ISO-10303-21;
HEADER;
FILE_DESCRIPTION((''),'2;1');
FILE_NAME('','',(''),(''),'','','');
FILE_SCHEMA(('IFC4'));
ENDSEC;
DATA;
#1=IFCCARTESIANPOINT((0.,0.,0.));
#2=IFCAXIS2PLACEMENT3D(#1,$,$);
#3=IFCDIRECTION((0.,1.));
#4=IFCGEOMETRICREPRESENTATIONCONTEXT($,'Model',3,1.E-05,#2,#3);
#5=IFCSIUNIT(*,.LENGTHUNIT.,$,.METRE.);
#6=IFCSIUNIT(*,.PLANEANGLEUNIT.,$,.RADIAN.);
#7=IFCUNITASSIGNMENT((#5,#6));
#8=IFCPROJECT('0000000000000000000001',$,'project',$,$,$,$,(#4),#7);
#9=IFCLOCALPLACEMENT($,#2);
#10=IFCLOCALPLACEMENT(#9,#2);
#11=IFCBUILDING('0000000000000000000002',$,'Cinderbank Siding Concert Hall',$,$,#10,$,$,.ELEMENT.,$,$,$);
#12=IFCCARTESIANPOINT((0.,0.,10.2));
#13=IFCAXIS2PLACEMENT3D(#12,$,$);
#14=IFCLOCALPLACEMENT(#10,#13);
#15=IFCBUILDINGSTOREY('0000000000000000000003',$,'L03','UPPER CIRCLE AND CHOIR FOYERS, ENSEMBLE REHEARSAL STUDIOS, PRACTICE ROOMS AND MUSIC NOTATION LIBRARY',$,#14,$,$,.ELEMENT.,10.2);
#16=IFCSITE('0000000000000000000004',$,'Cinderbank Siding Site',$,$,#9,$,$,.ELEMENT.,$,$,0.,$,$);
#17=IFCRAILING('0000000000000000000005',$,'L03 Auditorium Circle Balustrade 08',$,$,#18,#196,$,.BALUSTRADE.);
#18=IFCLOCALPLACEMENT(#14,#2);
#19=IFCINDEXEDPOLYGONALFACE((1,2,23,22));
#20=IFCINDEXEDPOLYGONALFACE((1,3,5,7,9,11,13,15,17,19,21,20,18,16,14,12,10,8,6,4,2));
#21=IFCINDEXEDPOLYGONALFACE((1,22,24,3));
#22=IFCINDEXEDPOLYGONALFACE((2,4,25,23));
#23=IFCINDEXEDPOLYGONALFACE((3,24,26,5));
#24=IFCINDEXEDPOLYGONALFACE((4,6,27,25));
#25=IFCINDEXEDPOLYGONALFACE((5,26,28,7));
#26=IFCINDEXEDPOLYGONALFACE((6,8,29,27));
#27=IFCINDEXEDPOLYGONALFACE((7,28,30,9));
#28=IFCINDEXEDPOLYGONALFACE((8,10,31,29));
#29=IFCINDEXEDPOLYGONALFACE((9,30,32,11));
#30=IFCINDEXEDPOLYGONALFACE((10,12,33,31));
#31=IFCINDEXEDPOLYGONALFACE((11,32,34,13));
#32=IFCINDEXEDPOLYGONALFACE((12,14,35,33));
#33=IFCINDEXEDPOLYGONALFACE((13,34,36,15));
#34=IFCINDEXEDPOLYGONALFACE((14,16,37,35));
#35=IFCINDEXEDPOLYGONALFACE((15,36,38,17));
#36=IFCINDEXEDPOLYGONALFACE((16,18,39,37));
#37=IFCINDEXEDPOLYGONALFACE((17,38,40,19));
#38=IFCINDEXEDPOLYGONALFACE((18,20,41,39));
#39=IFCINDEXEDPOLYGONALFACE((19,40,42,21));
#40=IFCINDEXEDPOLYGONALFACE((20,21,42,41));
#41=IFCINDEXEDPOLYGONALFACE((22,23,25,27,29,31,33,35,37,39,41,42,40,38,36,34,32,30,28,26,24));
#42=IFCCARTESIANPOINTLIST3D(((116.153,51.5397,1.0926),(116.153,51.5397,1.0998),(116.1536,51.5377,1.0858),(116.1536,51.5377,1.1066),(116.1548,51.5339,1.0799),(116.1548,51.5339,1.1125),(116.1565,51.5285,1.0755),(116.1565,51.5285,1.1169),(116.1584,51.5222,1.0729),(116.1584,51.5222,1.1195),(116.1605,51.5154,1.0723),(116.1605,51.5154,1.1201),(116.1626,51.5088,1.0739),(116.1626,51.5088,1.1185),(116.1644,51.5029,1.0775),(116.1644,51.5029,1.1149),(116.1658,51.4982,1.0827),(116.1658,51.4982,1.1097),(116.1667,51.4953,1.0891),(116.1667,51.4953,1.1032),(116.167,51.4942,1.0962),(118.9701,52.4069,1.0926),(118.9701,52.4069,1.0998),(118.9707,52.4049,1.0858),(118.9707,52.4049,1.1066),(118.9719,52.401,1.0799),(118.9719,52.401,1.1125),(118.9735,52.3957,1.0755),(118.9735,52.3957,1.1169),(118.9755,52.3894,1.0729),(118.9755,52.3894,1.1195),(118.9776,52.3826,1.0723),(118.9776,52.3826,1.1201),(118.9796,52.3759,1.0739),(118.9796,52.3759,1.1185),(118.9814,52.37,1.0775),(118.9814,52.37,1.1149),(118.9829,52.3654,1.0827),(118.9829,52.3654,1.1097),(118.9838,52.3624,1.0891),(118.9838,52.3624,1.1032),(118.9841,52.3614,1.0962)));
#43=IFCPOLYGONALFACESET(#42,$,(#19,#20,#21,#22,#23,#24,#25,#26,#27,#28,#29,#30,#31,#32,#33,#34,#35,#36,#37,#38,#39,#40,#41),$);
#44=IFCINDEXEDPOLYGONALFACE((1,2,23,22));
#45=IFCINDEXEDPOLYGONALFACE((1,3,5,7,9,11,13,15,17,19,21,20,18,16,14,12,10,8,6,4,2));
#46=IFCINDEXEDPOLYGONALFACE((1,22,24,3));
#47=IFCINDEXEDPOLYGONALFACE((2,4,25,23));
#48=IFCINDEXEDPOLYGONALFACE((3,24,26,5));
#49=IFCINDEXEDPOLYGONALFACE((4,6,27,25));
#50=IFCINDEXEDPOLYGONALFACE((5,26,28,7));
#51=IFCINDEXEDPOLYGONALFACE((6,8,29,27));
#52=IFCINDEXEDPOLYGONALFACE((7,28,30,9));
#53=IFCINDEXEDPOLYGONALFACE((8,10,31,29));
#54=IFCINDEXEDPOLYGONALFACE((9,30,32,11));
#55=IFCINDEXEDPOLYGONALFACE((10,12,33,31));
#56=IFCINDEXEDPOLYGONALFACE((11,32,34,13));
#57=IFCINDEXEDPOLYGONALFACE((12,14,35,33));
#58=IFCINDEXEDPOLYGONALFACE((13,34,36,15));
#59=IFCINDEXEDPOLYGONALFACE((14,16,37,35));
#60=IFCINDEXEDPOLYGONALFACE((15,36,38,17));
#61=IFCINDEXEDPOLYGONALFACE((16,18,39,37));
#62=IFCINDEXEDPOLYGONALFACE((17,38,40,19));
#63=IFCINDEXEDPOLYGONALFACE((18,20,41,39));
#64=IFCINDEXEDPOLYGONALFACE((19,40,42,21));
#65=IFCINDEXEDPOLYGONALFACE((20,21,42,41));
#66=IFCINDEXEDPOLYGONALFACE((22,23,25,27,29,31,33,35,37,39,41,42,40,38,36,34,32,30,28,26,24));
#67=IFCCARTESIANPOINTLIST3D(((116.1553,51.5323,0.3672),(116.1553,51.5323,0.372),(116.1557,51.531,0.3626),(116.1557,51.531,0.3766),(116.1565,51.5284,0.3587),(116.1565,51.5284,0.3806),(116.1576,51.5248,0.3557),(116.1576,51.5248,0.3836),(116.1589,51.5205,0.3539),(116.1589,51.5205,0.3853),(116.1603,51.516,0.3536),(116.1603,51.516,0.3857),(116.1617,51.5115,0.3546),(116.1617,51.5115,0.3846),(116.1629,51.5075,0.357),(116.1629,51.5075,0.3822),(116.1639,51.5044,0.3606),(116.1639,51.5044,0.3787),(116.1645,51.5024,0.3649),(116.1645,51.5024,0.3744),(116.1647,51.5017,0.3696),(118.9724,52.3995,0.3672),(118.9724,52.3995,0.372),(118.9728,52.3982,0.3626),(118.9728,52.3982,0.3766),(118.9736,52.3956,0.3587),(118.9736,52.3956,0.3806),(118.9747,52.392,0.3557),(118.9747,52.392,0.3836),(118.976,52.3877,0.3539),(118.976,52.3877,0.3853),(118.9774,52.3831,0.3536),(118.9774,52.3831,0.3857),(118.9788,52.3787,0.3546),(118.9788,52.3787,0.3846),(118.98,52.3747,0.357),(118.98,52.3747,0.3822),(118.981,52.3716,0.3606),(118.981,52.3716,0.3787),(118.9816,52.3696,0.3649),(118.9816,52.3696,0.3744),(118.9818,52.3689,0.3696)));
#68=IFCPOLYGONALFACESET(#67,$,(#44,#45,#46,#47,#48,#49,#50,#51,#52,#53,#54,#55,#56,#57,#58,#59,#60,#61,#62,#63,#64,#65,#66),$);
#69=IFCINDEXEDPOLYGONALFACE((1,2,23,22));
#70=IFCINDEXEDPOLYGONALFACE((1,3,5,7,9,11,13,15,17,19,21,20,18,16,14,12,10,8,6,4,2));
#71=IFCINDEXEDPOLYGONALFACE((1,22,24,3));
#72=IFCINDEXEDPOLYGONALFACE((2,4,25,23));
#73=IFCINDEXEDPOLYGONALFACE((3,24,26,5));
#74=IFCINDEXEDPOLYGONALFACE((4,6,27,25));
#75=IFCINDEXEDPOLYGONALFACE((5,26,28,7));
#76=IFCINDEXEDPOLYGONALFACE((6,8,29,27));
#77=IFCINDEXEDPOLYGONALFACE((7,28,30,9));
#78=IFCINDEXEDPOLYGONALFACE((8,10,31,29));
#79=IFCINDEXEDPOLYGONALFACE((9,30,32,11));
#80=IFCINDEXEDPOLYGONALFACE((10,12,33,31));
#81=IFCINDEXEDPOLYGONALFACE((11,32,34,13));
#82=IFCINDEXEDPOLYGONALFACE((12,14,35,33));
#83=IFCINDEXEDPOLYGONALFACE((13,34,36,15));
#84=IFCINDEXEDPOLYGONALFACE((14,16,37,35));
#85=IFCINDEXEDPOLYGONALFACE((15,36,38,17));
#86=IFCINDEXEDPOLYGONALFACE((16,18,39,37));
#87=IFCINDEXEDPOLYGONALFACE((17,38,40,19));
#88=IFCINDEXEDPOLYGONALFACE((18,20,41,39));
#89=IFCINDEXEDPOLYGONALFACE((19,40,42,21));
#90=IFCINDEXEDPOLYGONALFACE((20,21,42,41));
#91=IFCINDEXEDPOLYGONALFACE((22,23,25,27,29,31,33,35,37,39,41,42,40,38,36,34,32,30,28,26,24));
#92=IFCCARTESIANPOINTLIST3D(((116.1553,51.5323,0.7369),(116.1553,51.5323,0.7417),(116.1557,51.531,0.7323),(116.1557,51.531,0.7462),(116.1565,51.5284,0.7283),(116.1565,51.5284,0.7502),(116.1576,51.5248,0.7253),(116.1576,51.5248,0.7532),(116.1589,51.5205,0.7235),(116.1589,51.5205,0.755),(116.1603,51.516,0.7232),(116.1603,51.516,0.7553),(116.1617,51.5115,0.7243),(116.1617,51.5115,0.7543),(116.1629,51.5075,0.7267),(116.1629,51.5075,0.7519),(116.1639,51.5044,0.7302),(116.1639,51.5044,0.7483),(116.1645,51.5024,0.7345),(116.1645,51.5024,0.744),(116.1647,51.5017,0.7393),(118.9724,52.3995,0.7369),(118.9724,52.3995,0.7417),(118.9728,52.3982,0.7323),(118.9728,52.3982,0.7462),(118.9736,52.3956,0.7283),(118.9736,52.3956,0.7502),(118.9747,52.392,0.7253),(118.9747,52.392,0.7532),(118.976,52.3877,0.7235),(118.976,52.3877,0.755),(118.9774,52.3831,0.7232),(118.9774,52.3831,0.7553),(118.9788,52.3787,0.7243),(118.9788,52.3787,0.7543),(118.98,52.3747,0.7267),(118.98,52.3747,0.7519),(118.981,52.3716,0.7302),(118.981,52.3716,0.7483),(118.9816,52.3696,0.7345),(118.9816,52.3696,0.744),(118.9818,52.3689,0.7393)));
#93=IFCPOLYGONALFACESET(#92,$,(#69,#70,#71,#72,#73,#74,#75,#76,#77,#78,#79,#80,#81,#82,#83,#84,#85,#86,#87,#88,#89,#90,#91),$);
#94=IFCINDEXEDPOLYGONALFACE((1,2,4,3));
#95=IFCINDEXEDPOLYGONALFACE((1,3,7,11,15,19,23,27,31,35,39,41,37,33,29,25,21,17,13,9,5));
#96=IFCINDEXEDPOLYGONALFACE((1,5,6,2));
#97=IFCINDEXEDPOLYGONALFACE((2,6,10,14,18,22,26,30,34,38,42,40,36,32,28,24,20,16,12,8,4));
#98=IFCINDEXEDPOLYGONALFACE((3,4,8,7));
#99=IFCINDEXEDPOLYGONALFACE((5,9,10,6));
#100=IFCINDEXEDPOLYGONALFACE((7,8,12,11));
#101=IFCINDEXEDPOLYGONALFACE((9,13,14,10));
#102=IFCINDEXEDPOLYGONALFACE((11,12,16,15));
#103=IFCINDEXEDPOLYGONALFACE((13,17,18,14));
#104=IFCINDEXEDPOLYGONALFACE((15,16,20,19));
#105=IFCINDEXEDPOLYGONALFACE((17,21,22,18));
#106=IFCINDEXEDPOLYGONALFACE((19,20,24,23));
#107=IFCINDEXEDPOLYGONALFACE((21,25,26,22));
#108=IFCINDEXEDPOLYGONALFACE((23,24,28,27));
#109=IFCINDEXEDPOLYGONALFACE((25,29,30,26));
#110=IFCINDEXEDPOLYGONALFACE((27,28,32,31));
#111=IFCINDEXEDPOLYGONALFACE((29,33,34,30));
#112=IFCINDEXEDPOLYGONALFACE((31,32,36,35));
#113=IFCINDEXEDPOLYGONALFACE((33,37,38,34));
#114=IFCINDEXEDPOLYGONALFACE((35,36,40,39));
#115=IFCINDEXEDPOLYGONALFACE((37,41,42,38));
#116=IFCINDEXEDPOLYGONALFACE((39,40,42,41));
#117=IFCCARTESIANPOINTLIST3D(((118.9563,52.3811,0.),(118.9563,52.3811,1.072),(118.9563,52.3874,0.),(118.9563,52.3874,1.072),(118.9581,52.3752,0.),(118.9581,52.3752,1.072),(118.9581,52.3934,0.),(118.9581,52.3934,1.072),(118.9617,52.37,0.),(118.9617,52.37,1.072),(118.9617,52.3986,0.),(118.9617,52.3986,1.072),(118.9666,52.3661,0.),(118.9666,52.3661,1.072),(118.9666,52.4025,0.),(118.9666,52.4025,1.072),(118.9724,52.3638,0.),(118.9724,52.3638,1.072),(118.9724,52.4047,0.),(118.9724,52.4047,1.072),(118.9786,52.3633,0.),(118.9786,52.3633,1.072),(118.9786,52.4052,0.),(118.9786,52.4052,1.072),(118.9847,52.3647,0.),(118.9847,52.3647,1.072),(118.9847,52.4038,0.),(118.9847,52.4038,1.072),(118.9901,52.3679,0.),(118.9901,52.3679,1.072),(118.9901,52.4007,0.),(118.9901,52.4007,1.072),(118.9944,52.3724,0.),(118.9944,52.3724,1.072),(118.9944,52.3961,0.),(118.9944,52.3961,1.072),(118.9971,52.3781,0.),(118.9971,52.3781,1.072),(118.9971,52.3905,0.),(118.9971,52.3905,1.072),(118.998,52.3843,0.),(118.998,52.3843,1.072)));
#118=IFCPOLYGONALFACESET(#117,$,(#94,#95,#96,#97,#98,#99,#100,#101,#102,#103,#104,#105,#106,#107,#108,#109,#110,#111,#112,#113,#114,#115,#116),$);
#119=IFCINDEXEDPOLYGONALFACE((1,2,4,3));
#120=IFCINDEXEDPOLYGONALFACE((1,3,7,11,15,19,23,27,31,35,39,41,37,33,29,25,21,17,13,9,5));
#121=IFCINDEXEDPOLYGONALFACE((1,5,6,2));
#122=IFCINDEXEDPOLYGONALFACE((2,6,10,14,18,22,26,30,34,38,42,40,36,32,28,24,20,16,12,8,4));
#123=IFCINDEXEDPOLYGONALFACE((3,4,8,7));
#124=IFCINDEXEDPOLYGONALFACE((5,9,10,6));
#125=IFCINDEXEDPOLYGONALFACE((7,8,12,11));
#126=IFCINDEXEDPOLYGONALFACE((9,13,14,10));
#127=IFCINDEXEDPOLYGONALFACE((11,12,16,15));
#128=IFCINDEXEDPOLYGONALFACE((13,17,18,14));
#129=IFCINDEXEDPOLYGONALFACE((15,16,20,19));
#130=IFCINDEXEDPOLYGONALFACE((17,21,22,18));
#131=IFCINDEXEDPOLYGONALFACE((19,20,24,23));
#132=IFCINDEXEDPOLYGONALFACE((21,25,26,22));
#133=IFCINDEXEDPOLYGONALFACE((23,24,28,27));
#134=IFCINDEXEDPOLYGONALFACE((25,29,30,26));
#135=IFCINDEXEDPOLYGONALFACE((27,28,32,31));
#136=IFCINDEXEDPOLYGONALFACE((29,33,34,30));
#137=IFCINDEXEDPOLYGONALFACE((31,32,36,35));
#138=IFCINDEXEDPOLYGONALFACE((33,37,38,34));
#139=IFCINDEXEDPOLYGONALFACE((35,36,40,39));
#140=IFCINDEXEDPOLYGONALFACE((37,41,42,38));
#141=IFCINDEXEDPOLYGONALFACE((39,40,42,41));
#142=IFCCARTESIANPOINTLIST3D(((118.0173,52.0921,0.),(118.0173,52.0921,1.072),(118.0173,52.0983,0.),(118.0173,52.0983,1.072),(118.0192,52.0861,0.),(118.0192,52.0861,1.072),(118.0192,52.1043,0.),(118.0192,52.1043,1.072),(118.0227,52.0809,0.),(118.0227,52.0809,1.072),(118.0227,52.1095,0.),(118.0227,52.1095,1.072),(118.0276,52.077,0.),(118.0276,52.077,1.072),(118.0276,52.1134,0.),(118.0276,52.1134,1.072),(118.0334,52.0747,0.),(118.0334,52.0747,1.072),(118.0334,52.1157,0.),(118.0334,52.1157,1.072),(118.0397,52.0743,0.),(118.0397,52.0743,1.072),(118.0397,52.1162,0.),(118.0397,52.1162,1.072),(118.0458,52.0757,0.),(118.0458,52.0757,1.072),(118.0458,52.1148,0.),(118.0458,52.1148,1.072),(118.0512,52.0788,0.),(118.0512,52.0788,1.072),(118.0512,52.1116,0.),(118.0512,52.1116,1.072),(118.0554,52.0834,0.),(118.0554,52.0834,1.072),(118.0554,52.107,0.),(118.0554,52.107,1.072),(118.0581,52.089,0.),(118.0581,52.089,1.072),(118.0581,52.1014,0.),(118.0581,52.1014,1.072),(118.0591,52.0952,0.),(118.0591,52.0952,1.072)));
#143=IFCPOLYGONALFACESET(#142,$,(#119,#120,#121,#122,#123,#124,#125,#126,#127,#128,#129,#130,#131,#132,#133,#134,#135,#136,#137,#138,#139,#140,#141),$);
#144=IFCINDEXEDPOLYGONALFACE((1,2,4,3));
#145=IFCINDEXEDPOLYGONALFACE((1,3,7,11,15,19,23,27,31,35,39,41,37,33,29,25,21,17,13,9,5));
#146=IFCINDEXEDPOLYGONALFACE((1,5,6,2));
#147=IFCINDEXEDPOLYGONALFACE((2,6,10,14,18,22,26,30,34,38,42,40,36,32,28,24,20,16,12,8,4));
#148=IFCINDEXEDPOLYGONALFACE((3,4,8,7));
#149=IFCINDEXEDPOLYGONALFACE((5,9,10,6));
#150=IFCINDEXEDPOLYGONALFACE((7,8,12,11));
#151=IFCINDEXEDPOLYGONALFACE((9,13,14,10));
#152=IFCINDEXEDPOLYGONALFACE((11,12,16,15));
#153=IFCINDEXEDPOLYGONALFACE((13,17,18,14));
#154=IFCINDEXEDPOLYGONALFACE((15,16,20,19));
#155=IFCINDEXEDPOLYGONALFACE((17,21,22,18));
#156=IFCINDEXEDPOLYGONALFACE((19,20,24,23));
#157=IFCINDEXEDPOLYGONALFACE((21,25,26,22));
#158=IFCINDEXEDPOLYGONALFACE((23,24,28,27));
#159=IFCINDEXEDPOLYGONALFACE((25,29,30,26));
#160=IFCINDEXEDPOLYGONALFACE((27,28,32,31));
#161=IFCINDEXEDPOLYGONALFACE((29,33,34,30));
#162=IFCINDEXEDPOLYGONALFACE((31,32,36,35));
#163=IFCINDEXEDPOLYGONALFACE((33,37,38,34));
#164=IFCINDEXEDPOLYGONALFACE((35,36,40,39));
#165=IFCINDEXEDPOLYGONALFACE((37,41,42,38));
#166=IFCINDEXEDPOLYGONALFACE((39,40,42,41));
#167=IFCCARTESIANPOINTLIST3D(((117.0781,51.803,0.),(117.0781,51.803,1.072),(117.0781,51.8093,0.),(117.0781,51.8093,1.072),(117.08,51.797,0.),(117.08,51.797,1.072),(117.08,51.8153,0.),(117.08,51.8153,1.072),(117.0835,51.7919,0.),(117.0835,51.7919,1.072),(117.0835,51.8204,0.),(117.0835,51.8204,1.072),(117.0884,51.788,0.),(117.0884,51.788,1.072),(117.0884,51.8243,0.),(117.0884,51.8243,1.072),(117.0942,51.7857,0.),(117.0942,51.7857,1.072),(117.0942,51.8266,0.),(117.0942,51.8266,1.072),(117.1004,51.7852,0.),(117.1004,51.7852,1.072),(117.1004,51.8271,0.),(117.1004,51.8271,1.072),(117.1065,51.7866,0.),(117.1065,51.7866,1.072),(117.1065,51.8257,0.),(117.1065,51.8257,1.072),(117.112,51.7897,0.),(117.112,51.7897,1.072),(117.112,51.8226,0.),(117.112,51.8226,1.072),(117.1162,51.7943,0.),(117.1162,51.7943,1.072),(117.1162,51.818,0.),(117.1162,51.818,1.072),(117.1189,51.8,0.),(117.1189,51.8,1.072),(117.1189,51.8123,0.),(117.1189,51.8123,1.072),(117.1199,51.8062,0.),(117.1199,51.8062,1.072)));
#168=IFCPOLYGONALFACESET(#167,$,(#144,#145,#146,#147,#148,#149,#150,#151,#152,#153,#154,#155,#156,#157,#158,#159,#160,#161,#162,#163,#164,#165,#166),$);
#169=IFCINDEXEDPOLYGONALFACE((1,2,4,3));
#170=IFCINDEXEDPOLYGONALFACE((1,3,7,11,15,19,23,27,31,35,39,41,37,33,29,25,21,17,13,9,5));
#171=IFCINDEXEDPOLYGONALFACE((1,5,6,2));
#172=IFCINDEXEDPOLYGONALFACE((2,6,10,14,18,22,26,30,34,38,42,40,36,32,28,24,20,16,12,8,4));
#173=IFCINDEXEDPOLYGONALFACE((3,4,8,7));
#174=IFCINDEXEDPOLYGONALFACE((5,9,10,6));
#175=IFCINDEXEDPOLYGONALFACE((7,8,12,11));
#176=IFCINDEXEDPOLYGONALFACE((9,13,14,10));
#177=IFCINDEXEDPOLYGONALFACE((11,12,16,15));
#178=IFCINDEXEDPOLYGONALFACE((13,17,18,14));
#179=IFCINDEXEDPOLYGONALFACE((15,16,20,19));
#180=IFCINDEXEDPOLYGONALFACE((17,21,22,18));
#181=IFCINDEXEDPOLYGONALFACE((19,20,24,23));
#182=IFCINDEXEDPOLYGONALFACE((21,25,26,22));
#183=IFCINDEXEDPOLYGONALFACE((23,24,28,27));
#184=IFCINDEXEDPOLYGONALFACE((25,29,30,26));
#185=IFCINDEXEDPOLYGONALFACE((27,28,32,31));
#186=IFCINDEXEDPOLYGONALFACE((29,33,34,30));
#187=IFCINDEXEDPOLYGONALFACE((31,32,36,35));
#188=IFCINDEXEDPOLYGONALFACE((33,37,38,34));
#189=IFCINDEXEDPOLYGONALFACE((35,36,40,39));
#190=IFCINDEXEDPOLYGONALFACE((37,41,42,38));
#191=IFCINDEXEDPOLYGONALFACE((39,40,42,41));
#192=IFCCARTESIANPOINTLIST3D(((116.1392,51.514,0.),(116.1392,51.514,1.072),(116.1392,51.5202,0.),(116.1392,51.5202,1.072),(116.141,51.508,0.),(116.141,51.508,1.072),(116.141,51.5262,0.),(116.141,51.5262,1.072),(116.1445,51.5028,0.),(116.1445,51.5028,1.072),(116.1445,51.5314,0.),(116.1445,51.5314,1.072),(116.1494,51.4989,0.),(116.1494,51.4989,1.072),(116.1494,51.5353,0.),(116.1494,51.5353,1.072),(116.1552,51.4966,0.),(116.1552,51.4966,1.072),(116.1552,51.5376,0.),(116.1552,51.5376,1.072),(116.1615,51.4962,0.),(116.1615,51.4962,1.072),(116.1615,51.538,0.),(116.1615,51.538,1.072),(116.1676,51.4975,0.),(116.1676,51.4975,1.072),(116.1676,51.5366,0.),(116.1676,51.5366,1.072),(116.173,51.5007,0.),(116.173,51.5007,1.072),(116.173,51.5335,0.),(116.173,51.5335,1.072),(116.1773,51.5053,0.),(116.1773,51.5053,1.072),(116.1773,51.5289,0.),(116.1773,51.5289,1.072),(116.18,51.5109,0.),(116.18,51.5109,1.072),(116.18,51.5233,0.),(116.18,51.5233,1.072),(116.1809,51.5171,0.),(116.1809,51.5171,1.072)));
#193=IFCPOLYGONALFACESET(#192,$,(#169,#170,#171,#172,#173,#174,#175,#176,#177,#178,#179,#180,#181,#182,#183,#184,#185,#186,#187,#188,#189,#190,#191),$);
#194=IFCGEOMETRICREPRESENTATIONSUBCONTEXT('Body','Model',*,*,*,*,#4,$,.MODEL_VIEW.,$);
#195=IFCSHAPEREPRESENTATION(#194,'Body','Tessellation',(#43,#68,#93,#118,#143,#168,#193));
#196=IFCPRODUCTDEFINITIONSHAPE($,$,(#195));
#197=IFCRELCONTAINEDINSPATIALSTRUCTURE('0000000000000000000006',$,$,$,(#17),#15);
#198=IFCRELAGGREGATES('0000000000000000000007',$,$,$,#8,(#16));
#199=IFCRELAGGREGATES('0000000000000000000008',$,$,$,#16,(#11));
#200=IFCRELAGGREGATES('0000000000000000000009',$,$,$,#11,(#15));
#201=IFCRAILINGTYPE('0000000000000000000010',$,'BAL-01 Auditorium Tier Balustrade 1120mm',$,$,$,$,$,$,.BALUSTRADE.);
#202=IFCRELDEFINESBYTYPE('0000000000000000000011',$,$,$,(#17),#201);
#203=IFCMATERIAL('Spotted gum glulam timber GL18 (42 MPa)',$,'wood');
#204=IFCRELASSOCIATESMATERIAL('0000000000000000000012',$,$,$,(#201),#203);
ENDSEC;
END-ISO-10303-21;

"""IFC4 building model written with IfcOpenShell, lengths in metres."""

from ifc_helpers import new_model, si_unit, direction, frame, origin, origin_2d, place, context, subcontext, project, spatial, circle, extrude, material, type_object, element, save


model = new_model("IFC4")

# Units and contexts
model_context = context("Model", 3, precision=1e-05, world=origin(), true_north=direction((0.0, 1.0)))
body_context = subcontext(model_context, "Body", "Model", "MODEL_VIEW")
ifc_project = project(units=[si_unit("LENGTHUNIT", "METRE"), si_unit("PLANEANGLEUNIT", "RADIAN")], contexts=[model_context])

# Site, building, storey
site_placement = place(None, origin())
site = spatial("IfcSite", under=ifc_project, at=site_placement, Name="Cinderbank Siding Site", CompositionType="ELEMENT", RefElevation=0.0)
building_placement = place(site_placement, origin())
building = spatial("IfcBuilding", under=site, at=building_placement, Name="Cinderbank Siding Concert Hall", CompositionType="ELEMENT")
storey_placement = place(building_placement, frame((0.0, 0.0, 10.2)))
storey = spatial("IfcBuildingStorey", under=building, at=storey_placement, Name="L03", Description="UPPER CIRCLE AND CHOIR FOYERS, ENSEMBLE REHEARSAL STUDIOS, PRACTICE ROOMS AND MUSIC NOTATION LIBRARY", CompositionType="ELEMENT", Elevation=10.2)

# Shared definitions
ifc_material_1 = material(Name="Spotted gum glulam timber GL18 (42 MPa)", Category="wood")

# Railing
railing_type = type_object("IfcRailingType", Name="BAL-01 Auditorium Tier Balustrade 1120mm", PredefinedType="BALUSTRADE", material=ifc_material_1)
railing_1_placement = place(storey_placement, frame((118.9771, 52.3843, 0.0)))
element("IfcRailing", 1, at=railing_1_placement, inside=storey, type_object=railing_type, Name="L03 Auditorium Circle Balustrade 08", PredefinedType="BALUSTRADE", context=body_context, shape_type="SweptSolid", body=[
    extrude(circle(Radius=0.0239, at=origin_2d()), frame((0.0, 0.0, 1.0962), z_axis=(-0.955743, -0.294202, 0.0), x_axis=(0.294202, -0.955743, 0.0)), (0.0, 0.0, 1.0), 2.9475),
    extrude(circle(Radius=0.0161, at=origin_2d()), frame((0.0, 0.0, 0.3696), z_axis=(-0.955743, -0.294202, 0.0), x_axis=(0.294202, -0.955743, 0.0)), (0.0, 0.0, 1.0), 2.9475),
    extrude(circle(Radius=0.0161, at=origin_2d()), frame((0.0, 0.0, 0.7393), z_axis=(-0.955743, -0.294202, 0.0), x_axis=(0.294202, -0.955743, 0.0)), (0.0, 0.0, 1.0), 2.9475),
    extrude(circle(Radius=0.021, at=origin_2d()), origin(), (0.0, 0.0, 1.0), 1.072),
    extrude(circle(Radius=0.021, at=origin_2d()), frame((-0.939, -0.2891, 0.0)), (0.0, 0.0, 1.0), 1.072),
    extrude(circle(Radius=0.021, at=origin_2d()), frame((-1.8782, -0.5781, 0.0)), (0.0, 0.0, 1.0), 1.072),
    extrude(circle(Radius=0.021, at=origin_2d()), frame((-2.8171, -0.8672, 0.0)), (0.0, 0.0, 1.0), 1.072),
])

save(model, "model.ifc")
